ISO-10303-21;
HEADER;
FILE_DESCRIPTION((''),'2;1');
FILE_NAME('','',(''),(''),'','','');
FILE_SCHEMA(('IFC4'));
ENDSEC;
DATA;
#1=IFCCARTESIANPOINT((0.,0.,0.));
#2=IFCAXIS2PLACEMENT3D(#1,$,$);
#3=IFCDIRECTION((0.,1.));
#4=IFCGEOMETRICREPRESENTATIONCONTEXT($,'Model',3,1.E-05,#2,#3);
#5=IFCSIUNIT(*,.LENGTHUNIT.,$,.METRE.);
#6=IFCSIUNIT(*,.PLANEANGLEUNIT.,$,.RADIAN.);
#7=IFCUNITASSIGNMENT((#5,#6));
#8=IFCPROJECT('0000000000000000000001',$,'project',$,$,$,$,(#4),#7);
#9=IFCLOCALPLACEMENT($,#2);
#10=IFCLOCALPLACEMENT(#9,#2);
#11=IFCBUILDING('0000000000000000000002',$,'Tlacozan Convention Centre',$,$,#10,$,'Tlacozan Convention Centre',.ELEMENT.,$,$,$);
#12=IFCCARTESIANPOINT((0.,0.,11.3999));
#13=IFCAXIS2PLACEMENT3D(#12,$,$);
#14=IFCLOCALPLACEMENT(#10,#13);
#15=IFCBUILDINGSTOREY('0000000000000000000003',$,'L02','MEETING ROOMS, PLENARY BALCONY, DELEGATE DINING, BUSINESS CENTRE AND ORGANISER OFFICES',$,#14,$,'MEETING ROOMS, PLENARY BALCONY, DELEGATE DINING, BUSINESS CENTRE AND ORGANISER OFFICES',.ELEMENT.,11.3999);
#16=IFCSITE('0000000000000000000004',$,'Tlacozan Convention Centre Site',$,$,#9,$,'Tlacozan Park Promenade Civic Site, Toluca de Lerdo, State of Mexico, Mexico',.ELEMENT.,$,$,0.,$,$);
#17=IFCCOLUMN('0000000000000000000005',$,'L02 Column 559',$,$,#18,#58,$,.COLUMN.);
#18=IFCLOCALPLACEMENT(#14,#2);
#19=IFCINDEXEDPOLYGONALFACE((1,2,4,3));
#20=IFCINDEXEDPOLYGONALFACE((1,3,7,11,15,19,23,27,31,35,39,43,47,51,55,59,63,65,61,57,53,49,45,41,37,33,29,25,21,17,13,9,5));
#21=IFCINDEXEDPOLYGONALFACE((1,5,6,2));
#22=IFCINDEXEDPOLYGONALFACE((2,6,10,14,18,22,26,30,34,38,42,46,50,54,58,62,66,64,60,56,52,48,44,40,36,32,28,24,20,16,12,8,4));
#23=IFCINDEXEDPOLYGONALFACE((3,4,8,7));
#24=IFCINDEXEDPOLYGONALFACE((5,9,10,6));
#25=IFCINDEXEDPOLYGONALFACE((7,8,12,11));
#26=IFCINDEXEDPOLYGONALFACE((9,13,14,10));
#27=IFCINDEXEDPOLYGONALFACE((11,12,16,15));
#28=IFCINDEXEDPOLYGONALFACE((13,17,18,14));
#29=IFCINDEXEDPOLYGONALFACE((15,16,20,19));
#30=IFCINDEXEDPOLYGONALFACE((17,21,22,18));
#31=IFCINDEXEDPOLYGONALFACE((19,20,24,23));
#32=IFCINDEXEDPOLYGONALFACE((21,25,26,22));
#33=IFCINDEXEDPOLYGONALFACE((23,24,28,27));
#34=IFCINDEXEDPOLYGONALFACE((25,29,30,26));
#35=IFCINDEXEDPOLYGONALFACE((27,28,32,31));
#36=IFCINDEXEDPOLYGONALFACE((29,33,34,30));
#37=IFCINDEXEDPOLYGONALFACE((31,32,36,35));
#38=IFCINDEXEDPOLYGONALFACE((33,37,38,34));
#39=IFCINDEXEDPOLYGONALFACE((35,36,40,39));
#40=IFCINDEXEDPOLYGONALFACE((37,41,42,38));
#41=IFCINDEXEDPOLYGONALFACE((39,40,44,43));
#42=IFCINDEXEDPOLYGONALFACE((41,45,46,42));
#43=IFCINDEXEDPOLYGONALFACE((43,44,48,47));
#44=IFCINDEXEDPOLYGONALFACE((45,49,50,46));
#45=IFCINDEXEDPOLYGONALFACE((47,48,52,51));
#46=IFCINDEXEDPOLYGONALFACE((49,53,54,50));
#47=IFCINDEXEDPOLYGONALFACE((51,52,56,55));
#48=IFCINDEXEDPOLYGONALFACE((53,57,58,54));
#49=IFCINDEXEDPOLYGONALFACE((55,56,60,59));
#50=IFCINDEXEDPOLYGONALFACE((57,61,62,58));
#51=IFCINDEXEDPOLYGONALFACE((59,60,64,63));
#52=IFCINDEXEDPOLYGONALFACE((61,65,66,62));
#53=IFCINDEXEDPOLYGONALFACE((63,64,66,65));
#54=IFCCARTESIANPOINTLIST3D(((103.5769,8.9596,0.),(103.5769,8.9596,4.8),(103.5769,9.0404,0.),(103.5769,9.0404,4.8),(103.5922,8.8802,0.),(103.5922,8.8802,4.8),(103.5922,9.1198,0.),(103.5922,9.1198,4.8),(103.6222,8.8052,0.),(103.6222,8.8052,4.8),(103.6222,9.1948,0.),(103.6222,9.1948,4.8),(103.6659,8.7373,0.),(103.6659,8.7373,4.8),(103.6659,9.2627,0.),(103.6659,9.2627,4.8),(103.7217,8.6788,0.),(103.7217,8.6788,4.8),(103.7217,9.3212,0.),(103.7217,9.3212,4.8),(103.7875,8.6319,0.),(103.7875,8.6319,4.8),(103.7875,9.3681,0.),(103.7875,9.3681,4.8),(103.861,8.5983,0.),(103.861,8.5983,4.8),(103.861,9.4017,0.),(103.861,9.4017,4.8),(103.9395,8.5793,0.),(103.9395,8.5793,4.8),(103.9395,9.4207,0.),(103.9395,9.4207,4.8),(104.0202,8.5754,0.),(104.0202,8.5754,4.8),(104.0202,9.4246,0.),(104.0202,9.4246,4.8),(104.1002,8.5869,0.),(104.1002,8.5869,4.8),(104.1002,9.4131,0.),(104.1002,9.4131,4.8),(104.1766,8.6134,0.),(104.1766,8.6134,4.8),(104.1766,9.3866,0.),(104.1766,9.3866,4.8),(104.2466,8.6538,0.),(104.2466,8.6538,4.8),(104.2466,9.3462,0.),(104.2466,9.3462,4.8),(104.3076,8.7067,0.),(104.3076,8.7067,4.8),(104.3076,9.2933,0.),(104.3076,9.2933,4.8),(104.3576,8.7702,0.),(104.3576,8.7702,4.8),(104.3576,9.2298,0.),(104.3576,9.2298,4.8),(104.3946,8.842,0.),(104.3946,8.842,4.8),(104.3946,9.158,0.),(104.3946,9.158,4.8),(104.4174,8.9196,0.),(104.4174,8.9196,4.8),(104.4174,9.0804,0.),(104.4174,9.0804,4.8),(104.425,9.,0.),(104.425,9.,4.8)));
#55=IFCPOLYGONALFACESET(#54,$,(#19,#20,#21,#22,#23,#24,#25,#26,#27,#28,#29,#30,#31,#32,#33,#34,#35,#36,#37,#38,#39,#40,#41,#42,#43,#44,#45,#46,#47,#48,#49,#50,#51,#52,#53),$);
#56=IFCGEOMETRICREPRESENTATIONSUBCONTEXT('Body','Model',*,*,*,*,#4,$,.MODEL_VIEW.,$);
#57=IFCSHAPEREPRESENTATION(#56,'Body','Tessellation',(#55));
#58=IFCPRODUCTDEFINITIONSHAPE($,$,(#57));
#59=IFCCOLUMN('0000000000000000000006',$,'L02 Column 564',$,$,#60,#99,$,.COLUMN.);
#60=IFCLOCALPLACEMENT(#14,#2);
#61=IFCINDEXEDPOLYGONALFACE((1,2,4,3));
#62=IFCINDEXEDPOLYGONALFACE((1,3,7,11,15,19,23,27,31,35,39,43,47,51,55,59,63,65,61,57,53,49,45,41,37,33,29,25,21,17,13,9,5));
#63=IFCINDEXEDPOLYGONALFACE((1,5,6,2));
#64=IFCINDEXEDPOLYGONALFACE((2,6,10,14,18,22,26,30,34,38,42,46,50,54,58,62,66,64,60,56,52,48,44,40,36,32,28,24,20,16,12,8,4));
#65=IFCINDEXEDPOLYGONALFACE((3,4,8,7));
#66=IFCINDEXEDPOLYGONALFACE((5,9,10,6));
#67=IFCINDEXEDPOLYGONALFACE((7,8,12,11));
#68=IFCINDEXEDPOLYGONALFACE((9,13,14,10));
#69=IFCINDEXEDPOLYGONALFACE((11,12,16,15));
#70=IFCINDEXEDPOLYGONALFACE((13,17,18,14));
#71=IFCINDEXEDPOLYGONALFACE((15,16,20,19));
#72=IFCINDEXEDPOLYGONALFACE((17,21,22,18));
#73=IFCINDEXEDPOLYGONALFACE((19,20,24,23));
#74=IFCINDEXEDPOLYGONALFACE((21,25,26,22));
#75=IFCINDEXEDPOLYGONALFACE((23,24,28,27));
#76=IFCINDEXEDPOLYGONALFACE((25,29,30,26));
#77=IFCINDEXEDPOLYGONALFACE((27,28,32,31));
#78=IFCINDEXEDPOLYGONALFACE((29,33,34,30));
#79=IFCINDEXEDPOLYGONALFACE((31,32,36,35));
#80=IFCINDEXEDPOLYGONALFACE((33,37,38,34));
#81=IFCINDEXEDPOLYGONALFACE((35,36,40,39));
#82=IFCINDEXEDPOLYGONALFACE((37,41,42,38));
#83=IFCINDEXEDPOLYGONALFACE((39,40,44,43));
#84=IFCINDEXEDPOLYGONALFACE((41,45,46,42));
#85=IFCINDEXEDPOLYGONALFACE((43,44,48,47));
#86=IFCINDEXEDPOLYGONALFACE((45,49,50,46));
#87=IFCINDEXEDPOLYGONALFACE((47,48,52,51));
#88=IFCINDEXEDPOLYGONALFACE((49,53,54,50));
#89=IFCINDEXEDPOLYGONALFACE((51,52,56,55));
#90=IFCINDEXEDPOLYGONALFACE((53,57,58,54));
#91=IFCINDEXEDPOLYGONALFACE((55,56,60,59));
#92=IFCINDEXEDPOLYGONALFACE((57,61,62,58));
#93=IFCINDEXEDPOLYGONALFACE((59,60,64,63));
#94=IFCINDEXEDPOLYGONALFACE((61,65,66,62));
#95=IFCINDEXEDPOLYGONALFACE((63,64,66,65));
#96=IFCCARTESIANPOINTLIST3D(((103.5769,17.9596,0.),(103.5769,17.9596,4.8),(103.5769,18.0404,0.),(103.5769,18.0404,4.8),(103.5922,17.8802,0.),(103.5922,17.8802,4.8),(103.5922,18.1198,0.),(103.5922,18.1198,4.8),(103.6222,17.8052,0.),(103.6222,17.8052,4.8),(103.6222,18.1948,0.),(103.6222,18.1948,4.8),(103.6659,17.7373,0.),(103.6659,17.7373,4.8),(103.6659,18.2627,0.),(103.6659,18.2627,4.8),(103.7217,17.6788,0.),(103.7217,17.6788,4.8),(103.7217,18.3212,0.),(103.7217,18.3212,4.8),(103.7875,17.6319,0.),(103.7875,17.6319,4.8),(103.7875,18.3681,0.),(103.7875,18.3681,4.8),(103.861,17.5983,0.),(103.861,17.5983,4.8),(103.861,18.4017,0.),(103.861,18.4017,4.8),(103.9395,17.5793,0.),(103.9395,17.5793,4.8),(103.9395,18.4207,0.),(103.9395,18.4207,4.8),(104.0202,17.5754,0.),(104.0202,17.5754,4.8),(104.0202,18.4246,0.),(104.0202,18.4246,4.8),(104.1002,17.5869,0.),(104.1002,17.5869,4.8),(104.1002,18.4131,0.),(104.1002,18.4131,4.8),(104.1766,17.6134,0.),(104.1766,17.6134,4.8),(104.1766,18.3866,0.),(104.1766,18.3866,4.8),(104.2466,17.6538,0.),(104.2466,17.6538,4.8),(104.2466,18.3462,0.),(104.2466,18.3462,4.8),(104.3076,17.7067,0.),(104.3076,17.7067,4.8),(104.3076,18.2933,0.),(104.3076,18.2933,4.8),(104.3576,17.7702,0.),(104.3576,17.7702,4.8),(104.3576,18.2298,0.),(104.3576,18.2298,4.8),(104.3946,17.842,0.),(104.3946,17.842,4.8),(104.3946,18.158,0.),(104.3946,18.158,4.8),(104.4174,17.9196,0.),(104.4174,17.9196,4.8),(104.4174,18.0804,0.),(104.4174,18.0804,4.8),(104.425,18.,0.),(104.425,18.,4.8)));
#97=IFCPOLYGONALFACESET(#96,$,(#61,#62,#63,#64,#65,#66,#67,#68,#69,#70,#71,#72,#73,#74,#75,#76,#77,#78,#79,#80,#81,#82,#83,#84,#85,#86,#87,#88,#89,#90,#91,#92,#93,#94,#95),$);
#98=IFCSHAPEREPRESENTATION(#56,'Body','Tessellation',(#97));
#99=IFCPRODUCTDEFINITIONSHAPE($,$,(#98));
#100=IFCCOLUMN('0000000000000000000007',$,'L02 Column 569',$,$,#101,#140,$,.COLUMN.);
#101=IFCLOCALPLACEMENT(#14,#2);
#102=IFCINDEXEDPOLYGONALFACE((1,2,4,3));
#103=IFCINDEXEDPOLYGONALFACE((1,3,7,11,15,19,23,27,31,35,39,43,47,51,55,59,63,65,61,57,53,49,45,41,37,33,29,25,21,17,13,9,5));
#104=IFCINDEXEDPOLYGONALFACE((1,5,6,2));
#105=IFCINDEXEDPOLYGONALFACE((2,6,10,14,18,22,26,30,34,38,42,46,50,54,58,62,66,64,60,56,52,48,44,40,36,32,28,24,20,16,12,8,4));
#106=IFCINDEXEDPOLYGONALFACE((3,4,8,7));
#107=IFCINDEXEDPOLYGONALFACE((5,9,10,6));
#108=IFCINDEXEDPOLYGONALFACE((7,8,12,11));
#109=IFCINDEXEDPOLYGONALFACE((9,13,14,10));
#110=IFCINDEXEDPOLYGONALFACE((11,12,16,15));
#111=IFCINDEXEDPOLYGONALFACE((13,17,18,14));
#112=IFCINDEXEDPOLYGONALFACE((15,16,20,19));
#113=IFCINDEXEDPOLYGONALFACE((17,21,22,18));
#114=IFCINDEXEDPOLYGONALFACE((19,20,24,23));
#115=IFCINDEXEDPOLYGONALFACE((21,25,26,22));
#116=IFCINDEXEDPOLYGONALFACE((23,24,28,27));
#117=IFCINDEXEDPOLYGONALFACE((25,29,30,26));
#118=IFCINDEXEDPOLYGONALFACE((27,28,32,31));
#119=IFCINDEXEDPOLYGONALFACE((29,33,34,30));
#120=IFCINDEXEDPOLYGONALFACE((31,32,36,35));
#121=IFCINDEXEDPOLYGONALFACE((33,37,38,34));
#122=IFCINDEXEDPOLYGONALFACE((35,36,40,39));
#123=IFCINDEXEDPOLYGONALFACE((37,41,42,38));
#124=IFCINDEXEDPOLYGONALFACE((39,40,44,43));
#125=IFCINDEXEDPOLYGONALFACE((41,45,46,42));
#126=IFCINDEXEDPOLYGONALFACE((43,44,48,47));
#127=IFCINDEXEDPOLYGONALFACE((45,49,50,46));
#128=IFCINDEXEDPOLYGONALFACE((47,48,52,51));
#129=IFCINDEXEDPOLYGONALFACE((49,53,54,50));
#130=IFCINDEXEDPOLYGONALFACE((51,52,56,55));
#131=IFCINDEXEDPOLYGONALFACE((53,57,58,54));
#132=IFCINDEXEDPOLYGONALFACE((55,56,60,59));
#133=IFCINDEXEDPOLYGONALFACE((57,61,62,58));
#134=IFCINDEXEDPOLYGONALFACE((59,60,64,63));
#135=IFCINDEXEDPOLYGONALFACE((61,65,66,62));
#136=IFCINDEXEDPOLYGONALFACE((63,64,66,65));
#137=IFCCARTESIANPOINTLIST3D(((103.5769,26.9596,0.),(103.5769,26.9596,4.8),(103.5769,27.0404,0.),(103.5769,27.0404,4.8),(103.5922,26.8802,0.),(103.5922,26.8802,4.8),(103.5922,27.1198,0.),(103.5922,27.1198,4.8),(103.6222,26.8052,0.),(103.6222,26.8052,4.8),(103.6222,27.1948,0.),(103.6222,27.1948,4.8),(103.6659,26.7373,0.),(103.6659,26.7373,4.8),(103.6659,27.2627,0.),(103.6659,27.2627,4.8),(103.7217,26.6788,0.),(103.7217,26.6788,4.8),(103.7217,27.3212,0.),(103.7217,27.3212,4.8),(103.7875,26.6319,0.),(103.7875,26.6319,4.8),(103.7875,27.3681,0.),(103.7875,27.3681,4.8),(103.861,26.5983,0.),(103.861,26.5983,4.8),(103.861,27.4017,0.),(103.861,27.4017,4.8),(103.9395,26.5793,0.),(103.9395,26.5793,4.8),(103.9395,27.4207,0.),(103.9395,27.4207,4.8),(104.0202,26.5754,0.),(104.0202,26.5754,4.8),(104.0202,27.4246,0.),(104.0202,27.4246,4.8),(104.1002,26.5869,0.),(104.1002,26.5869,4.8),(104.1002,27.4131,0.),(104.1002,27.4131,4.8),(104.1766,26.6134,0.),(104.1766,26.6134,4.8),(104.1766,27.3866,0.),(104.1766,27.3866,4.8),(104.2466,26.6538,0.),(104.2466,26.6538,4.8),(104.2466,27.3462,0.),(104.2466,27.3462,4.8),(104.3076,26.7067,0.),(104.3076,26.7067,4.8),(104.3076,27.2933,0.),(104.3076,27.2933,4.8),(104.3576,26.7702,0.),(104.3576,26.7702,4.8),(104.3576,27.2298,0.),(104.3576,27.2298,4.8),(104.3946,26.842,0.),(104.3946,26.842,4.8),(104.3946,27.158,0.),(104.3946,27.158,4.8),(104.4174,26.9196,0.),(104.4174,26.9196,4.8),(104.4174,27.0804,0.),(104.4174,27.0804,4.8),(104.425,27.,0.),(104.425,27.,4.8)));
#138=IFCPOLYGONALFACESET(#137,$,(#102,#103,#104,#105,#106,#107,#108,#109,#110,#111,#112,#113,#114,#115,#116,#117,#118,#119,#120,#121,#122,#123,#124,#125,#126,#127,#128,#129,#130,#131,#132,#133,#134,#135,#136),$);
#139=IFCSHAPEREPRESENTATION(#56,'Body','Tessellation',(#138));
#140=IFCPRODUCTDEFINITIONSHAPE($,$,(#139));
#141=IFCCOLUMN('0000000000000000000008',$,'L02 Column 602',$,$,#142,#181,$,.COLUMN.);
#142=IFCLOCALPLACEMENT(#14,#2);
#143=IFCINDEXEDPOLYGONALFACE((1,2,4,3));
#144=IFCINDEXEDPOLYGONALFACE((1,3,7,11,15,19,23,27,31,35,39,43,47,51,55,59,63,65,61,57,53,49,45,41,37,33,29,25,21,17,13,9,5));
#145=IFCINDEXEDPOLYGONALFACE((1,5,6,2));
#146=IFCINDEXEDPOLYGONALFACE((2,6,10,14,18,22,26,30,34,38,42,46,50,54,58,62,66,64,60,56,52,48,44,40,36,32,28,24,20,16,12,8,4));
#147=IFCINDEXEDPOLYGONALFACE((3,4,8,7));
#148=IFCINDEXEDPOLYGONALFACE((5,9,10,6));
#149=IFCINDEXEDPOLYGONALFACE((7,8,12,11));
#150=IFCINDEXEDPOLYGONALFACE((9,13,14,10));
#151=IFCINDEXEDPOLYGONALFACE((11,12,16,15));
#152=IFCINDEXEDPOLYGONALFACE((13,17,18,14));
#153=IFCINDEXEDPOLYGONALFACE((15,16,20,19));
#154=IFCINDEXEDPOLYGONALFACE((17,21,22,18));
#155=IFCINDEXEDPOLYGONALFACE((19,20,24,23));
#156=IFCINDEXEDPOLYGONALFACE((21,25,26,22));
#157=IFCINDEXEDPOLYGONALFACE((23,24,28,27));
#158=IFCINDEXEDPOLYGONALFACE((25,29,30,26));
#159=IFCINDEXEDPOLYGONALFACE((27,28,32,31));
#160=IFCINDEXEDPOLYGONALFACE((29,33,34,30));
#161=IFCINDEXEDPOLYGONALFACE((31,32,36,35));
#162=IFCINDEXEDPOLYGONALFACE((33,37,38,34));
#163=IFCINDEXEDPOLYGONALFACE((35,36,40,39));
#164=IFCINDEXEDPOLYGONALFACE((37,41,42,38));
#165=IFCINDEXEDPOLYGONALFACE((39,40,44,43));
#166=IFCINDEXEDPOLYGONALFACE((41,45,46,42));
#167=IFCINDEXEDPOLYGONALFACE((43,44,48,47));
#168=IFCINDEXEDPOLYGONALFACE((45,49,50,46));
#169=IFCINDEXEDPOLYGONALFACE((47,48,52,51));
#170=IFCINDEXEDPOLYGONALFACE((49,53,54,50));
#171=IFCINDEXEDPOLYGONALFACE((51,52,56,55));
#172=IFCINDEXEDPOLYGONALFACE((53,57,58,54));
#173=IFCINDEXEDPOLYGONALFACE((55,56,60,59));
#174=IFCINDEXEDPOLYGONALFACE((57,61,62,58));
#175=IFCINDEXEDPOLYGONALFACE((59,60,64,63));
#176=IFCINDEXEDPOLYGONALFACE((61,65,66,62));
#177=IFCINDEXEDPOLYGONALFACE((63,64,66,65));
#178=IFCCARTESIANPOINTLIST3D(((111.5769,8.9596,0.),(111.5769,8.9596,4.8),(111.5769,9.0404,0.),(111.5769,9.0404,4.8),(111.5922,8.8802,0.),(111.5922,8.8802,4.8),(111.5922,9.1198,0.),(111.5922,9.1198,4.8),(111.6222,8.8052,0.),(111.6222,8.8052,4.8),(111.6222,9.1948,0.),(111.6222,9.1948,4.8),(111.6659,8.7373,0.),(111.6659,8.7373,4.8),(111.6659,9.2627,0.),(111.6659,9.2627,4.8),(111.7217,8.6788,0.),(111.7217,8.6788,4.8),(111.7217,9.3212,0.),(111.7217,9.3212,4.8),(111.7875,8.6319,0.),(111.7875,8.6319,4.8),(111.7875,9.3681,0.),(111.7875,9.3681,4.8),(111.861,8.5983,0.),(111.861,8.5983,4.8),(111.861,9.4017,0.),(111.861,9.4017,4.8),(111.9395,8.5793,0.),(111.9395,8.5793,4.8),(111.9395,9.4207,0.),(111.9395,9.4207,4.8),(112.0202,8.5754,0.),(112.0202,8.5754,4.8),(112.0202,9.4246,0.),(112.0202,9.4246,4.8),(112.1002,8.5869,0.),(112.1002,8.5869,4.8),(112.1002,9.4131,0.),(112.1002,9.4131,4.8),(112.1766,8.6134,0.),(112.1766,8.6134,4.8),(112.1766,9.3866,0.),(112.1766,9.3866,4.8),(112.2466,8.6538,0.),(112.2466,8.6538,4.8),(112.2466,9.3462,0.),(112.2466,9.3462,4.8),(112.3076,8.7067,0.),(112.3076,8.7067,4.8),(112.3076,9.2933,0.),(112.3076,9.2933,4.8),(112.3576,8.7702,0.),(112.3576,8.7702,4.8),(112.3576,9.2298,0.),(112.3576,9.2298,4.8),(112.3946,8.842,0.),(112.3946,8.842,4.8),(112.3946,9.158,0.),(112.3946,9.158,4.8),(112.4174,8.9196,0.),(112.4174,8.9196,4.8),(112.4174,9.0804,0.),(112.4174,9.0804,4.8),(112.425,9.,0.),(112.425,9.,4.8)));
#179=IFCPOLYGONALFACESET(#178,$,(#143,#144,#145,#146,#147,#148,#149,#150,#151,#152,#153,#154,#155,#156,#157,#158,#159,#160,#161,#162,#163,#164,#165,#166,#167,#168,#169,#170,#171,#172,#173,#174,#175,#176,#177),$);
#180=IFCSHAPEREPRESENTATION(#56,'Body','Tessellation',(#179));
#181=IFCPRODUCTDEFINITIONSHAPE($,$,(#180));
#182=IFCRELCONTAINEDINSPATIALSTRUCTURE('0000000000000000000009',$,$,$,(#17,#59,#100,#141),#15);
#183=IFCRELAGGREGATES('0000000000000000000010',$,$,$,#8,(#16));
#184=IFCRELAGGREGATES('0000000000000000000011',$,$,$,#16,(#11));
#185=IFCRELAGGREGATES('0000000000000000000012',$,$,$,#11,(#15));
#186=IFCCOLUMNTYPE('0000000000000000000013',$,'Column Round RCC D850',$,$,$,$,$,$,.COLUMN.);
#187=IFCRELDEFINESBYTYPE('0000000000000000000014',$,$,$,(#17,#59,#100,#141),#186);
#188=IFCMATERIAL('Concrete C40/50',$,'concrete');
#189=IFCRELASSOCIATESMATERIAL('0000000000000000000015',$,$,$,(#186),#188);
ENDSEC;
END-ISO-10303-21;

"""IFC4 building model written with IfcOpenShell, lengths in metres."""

from ifc_helpers import new_model, si_unit, direction, frame, origin, origin_2d, place, context, subcontext, project, spatial, circle, extrude, material, material_profile, profile_set, type_object, element, save


model = new_model("IFC4")

# Units and contexts
model_context = context("Model", 3, precision=1e-05, world=origin(), true_north=direction((0.0, 1.0)))
body_context = subcontext(model_context, "Body", "Model", "MODEL_VIEW")
ifc_project = project(units=[si_unit("LENGTHUNIT", "METRE"), si_unit("PLANEANGLEUNIT", "RADIAN")], contexts=[model_context])

# Site, building, storey
site_placement = place(None, origin())
site = spatial("IfcSite", under=ifc_project, at=site_placement, Name="Tlacozan Convention Centre Site", LongName="Tlacozan Park Promenade Civic Site, Toluca de Lerdo, State of Mexico, Mexico", CompositionType="ELEMENT", RefElevation=0.0)
building_placement = place(site_placement, origin())
building = spatial("IfcBuilding", under=site, at=building_placement, Name="Tlacozan Convention Centre", LongName="Tlacozan Convention Centre", CompositionType="ELEMENT")
storey_placement = place(building_placement, frame((0.0, 0.0, 11.3999)))
storey = spatial("IfcBuildingStorey", under=building, at=storey_placement, Name="L02", Description="MEETING ROOMS, PLENARY BALCONY, DELEGATE DINING, BUSINESS CENTRE AND ORGANISER OFFICES", LongName="MEETING ROOMS, PLENARY BALCONY, DELEGATE DINING, BUSINESS CENTRE AND ORGANISER OFFICES", CompositionType="ELEMENT", Elevation=11.3999)

# Columns
ifc_material_1 = material(Name="Concrete C40/50", Category="concrete")
ifc_material_profile_1 = material_profile(ifc_material_1, circle(Radius=0.425, at=origin_2d()), Name="RCC D850")
ifc_profile_set_1 = profile_set([ifc_material_profile_1], Name="Concrete C40/50")
column_type = type_object("IfcColumnType", Name="Column Round RCC D850", PredefinedType="COLUMN", material=ifc_profile_set_1)
for number, where, z_axis, x_axis, name in (
    (1, (104.0, 9.0, 0.0), (0.0, 0.0, 1.0), (1.0, 0.0, 0.0), "L02 Column 559"),
    (2, (104.0, 18.0, 0.0), (0.0, 0.0, 1.0), (1.0, 0.0, 0.0), "L02 Column 564"),
    (3, (104.0, 27.0, 0.0), (0.0, 0.0, 1.0), (1.0, 0.0, 0.0), "L02 Column 569"),
    (4, (112.0, 9.0, 0.0), (0.0, 0.0, 1.0), (1.0, 0.0, 0.0), "L02 Column 602"),
):
    element("IfcColumn", number, at=place(storey_placement, frame(where, z_axis=z_axis, x_axis=x_axis)), inside=storey, type_object=column_type, Name=name, PredefinedType="COLUMN", context=body_context, shape_type="SweptSolid", body=[
        extrude(circle(Radius=0.425, at=origin_2d()), origin(), (0.0, 0.0, 1.0), 4.8),
    ])

save(model, "model.ifc")
